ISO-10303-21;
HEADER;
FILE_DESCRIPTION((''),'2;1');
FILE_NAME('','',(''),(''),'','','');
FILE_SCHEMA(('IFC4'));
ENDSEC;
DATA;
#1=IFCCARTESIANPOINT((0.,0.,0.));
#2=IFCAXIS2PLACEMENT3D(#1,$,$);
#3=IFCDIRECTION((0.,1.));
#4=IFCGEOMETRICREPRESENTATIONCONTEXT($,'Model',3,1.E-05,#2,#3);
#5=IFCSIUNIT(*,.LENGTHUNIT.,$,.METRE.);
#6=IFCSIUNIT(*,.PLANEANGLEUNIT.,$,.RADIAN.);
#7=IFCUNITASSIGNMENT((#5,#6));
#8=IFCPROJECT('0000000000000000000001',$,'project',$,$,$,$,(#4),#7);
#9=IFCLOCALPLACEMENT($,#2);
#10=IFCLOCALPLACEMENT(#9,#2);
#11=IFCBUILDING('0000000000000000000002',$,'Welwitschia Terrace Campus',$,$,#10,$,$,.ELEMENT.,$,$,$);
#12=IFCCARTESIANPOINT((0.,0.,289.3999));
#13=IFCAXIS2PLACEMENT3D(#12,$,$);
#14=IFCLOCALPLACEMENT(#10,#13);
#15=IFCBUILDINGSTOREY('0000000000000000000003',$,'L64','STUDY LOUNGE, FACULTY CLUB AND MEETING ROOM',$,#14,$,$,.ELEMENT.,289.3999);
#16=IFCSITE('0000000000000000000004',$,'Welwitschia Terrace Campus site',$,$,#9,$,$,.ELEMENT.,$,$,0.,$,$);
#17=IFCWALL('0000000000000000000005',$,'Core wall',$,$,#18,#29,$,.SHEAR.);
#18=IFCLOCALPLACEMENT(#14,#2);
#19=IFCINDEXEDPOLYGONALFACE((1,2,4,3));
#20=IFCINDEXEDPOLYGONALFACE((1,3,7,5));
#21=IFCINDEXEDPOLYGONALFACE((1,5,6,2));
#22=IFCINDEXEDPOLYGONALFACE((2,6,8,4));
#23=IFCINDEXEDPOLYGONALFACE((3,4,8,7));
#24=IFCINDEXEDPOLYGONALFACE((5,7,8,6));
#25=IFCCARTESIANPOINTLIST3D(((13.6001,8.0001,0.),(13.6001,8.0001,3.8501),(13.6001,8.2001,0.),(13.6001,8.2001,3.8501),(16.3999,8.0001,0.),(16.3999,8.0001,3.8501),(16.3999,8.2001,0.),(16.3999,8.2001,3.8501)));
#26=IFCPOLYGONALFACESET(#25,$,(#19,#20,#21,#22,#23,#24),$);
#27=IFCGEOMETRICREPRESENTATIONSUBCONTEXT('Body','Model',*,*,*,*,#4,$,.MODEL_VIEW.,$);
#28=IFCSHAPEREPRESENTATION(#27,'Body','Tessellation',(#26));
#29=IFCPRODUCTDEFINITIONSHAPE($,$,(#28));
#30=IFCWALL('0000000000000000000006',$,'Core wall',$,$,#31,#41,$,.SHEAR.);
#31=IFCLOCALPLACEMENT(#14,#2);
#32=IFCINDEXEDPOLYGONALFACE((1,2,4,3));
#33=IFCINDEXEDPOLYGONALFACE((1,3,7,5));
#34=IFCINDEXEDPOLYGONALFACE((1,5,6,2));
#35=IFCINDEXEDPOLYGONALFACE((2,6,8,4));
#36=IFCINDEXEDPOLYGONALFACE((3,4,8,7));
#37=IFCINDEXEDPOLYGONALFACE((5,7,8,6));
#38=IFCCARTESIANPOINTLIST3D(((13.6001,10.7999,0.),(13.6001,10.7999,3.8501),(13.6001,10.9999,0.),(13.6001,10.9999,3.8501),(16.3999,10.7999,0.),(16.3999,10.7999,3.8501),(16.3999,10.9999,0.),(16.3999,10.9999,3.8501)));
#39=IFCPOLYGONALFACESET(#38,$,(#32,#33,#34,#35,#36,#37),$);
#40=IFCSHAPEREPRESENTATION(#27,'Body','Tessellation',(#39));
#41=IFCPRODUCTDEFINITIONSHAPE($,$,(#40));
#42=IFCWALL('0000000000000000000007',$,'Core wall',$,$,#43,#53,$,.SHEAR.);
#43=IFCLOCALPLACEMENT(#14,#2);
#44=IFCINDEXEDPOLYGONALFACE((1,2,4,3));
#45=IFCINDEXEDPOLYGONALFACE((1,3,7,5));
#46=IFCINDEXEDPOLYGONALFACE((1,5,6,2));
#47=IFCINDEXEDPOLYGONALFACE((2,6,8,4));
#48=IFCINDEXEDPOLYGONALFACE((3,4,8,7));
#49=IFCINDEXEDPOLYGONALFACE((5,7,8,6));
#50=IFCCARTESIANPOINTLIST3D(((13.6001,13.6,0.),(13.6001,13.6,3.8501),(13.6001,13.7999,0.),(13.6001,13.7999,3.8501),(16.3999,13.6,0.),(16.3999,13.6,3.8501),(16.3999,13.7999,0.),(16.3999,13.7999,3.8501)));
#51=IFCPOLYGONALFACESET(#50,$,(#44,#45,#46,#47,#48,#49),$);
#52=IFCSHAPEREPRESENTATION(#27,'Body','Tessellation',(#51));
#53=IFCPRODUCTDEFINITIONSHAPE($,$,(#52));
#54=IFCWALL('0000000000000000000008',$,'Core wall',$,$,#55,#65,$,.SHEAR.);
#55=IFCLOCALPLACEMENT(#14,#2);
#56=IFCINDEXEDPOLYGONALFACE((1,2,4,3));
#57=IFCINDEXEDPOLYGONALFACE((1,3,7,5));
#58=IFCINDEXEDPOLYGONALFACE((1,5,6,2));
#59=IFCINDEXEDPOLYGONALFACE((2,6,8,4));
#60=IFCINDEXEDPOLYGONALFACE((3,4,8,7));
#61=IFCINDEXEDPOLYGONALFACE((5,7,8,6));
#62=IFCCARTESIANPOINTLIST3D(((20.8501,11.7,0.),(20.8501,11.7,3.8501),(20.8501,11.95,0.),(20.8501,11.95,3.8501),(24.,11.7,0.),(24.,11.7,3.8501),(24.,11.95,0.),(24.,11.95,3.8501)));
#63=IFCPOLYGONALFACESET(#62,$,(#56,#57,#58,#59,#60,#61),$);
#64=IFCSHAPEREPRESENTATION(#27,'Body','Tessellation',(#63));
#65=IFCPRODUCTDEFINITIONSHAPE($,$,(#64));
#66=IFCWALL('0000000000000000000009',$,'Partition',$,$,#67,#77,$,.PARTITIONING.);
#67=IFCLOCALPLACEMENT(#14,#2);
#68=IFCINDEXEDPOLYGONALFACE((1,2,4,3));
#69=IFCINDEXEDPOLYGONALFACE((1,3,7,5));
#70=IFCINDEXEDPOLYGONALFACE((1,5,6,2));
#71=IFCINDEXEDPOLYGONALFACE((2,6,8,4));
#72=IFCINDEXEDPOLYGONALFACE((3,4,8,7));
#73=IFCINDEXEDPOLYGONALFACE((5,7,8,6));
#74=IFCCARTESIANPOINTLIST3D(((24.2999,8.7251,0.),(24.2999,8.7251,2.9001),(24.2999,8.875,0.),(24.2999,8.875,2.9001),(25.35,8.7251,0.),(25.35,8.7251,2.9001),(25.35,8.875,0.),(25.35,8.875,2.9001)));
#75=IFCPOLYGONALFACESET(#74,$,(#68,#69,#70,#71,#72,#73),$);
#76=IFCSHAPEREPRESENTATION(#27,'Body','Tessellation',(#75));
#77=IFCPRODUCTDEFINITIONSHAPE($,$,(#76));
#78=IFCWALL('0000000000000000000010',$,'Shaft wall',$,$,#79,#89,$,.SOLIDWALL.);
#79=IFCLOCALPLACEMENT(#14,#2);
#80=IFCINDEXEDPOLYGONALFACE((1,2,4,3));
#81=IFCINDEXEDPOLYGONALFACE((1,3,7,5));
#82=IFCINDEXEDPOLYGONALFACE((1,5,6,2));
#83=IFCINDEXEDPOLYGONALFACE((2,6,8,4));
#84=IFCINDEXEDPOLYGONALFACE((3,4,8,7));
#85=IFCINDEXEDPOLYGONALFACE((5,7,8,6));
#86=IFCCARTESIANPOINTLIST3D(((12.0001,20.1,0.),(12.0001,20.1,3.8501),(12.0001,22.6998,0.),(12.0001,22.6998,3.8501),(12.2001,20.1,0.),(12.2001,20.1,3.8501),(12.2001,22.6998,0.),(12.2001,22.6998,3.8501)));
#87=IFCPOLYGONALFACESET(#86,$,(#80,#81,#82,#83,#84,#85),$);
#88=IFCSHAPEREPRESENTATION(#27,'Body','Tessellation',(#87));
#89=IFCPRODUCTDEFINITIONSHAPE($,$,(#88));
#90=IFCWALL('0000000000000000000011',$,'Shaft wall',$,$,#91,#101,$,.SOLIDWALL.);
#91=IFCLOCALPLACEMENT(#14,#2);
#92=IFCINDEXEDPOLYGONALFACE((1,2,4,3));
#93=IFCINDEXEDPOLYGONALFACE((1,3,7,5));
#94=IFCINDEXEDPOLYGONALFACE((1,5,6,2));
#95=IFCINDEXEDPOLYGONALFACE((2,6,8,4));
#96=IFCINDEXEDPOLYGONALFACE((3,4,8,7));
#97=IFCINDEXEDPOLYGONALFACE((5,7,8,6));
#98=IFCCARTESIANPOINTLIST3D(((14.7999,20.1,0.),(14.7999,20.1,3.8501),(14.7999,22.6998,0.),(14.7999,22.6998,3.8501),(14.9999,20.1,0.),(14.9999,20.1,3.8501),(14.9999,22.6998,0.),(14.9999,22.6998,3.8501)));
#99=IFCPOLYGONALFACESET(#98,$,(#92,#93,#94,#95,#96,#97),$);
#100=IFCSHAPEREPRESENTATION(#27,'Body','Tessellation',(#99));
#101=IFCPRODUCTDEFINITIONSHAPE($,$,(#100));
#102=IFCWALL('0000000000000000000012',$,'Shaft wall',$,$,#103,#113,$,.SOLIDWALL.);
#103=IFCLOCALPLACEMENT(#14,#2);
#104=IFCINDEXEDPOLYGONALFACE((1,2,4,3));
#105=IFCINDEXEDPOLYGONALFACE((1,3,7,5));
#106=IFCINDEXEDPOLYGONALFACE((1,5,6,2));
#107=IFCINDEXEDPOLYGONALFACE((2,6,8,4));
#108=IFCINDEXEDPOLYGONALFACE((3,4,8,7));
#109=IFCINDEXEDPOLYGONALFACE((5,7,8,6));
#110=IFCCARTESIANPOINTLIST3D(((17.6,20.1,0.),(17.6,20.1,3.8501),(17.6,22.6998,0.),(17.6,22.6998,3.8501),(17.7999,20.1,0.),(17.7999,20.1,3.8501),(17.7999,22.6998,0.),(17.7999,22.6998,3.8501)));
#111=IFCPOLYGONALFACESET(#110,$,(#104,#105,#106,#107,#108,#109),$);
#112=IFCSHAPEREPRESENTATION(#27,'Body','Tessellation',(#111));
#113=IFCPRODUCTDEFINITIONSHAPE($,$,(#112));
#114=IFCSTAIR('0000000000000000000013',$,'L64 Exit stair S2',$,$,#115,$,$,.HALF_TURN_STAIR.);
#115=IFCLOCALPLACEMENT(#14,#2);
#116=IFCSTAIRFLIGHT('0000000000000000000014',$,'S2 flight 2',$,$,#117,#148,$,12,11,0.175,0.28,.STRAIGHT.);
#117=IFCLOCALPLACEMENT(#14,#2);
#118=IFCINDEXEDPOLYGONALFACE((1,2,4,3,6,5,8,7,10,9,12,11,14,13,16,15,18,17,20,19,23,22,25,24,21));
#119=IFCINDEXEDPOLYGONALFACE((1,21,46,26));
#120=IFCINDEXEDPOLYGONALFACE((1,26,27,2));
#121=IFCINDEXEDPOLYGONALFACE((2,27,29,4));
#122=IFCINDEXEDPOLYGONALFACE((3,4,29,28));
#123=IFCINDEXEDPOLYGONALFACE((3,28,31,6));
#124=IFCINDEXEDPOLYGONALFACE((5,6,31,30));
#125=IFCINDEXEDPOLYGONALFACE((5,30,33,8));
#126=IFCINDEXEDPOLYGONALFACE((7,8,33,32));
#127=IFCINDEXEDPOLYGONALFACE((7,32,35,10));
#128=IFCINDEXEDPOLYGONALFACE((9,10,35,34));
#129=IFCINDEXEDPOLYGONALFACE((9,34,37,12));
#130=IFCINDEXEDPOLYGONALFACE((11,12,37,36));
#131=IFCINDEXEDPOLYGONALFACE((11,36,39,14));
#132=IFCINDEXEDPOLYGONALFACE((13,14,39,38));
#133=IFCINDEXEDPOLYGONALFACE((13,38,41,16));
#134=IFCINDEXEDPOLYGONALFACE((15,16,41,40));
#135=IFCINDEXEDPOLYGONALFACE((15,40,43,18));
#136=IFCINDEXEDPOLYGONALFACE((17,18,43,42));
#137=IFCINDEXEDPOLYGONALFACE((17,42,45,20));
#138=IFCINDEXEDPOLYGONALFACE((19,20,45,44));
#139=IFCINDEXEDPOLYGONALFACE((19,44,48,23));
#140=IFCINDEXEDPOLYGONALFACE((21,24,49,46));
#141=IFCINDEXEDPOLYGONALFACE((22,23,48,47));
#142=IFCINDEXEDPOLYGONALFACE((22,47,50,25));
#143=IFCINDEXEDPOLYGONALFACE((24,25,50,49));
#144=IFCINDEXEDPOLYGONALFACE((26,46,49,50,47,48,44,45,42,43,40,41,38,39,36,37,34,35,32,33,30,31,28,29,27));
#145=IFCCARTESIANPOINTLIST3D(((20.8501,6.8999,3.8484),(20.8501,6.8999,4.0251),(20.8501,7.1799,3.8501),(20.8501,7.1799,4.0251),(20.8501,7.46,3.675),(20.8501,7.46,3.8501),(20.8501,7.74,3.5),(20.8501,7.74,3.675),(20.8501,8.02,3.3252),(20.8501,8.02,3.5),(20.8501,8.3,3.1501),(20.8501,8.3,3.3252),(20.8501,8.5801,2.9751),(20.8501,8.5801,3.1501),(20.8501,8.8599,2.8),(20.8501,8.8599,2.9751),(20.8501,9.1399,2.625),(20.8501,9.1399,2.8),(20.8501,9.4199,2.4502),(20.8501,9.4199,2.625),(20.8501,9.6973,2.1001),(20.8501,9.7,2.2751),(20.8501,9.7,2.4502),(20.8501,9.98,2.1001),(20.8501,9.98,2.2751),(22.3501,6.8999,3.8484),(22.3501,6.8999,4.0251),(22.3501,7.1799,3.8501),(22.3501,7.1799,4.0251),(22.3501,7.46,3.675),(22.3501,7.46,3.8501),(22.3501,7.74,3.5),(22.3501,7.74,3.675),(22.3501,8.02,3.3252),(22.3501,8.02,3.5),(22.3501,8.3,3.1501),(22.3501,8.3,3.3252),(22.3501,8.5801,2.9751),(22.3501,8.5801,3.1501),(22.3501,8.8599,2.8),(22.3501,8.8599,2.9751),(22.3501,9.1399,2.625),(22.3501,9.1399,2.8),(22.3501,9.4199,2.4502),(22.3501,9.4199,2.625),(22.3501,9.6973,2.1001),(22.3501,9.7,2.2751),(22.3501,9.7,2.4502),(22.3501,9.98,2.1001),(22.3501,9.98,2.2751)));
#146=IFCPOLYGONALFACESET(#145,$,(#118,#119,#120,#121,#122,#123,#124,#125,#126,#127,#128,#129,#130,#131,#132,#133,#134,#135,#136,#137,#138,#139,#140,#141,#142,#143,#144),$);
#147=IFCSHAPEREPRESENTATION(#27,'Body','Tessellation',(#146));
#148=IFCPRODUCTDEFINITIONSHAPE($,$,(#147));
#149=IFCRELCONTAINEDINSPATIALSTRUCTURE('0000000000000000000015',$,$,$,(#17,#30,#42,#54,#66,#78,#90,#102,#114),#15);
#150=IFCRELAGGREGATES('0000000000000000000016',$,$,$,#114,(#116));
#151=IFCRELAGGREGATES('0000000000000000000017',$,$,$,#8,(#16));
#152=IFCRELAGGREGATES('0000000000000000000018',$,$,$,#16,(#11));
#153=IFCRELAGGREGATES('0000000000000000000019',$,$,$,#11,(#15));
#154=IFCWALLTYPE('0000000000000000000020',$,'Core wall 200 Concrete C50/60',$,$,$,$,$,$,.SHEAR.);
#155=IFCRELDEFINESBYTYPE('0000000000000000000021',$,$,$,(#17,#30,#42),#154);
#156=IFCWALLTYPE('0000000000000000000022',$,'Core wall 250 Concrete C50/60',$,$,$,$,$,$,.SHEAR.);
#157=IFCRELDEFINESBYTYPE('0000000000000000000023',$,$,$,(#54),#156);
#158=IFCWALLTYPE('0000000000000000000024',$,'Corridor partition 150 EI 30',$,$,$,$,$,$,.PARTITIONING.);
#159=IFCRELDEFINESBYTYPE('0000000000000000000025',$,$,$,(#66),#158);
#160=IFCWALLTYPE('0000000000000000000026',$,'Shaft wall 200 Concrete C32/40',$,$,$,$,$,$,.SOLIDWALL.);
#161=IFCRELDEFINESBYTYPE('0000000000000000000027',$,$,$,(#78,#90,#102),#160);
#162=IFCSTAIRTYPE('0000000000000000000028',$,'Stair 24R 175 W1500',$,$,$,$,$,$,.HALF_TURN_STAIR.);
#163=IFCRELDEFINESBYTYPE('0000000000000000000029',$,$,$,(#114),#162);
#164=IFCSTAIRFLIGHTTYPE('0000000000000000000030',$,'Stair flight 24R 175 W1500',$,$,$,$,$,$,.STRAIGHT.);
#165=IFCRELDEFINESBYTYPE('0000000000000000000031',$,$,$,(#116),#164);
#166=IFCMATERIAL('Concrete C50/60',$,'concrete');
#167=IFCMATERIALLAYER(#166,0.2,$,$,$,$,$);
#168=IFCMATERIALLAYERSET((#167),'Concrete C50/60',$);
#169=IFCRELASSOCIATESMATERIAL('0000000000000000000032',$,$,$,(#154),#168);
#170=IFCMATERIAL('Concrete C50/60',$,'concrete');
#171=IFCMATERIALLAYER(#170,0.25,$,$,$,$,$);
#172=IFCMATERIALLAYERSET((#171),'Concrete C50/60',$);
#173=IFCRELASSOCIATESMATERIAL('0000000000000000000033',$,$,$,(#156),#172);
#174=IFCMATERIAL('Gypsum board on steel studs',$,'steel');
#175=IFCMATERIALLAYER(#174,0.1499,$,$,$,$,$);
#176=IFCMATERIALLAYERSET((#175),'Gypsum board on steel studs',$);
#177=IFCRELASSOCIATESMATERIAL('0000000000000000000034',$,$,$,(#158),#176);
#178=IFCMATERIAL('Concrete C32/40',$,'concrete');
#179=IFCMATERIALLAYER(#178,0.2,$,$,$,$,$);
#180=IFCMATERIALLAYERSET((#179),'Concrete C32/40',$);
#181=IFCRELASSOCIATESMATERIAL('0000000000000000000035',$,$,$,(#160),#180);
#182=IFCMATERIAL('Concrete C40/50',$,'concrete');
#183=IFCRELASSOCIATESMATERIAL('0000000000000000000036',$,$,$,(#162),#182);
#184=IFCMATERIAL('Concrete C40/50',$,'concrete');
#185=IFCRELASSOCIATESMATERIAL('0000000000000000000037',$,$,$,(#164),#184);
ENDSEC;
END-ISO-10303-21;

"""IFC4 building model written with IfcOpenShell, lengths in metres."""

from ifc_helpers import new_model, si_unit, direction, frame, frame_2d, origin, place, context, subcontext, project, spatial, polyline, rectangle, outline, extrude, material, layer, layer_set, type_object, element, aggregate, save


model = new_model("IFC4")

# Units and contexts
model_context = context("Model", 3, precision=1e-05, world=origin(), true_north=direction((0.0, 1.0)))
body_context = subcontext(model_context, "Body", "Model", "MODEL_VIEW")
ifc_project = project(units=[si_unit("LENGTHUNIT", "METRE"), si_unit("PLANEANGLEUNIT", "RADIAN")], contexts=[model_context])

# Site, building, storey
site_placement = place(None, origin())
site = spatial("IfcSite", under=ifc_project, at=site_placement, Name="Welwitschia Terrace Campus site", CompositionType="ELEMENT", RefElevation=0.0)
building_placement = place(site_placement, origin())
building = spatial("IfcBuilding", under=site, at=building_placement, Name="Welwitschia Terrace Campus", CompositionType="ELEMENT")
storey_placement = place(building_placement, frame((0.0, 0.0, 289.3999)))
storey = spatial("IfcBuildingStorey", under=building, at=storey_placement, Name="L64", Description="STUDY LOUNGE, FACULTY CLUB AND MEETING ROOM", CompositionType="ELEMENT", Elevation=289.3999)

# Walls
ifc_material_1 = material(Name="Concrete C50/60", Category="concrete")
ifc_layer_1 = layer(ifc_material_1, 0.2)
ifc_layer_set_1 = layer_set([ifc_layer_1], Name="Concrete C50/60")
wall_type_1 = type_object("IfcWallType", Name="Core wall 200 Concrete C50/60", PredefinedType="SHEAR", material=ifc_layer_set_1)
for number, where, z_axis, x_axis, name in (
    (1, (13.6001, 8.1001, 0.0), (0.0, 0.0, 1.0), (1.0, 0.0, 0.0), "Core wall"),
    (2, (13.6001, 10.8999, 0.0), (0.0, 0.0, 1.0), (1.0, 0.0, 0.0), "Core wall"),
    (3, (13.6001, 13.7, 0.0), (0.0, 0.0, 1.0), (1.0, 0.0, 0.0), "Core wall"),
):
    element("IfcWall", number, at=place(storey_placement, frame(where, z_axis=z_axis, x_axis=x_axis)), inside=storey, type_object=wall_type_1, Name=name, PredefinedType="SHEAR", context=body_context, shape_type="SweptSolid", body=[
        extrude(rectangle(XDim=2.7998, YDim=0.2, at=frame_2d((1.3999, 0.0))), origin(), (0.0, 0.0, 1.0), 3.8501),
    ])
ifc_material_2 = material(Name="Concrete C50/60", Category="concrete")
ifc_layer_2 = layer(ifc_material_2, 0.25)
ifc_layer_set_2 = layer_set([ifc_layer_2], Name="Concrete C50/60")
wall_type_2 = type_object("IfcWallType", Name="Core wall 250 Concrete C50/60", PredefinedType="SHEAR", material=ifc_layer_set_2)
wall_1_placement = place(storey_placement, frame((20.8501, 11.825, 0.0), z_axis=(0.0, 0.0, 1.0), x_axis=(1.0, 0.0, 0.0)))
element("IfcWall", 4, at=wall_1_placement, inside=storey, type_object=wall_type_2, Name="Core wall", PredefinedType="SHEAR", context=body_context, shape_type="SweptSolid", body=[
    extrude(rectangle(XDim=3.1499, YDim=0.25, at=frame_2d((1.575, 0.0))), origin(), (0.0, 0.0, 1.0), 3.8501),
])
ifc_material_3 = material(Name="Gypsum board on steel studs", Category="steel")
ifc_layer_3 = layer(ifc_material_3, 0.1499)
ifc_layer_set_3 = layer_set([ifc_layer_3], Name="Gypsum board on steel studs")
wall_type_3 = type_object("IfcWallType", Name="Corridor partition 150 EI 30", PredefinedType="PARTITIONING", material=ifc_layer_set_3)
wall_2_placement = place(storey_placement, frame((24.3, 8.8, 0.0), z_axis=(0.0, 0.0, 1.0), x_axis=(1.0, 0.0, 0.0)))
element("IfcWall", 5, at=wall_2_placement, inside=storey, type_object=wall_type_3, Name="Partition", PredefinedType="PARTITIONING", context=body_context, shape_type="SweptSolid", body=[
    extrude(rectangle(XDim=1.05, YDim=0.1499, at=frame_2d((0.5249, 0.0))), origin(), (0.0, 0.0, 1.0), 2.9001),
])
ifc_material_4 = material(Name="Concrete C32/40", Category="concrete")
ifc_layer_4 = layer(ifc_material_4, 0.2)
ifc_layer_set_4 = layer_set([ifc_layer_4], Name="Concrete C32/40")
wall_type_4 = type_object("IfcWallType", Name="Shaft wall 200 Concrete C32/40", PredefinedType="SOLIDWALL", material=ifc_layer_set_4)
for number, where, z_axis, x_axis, name in (
    (6, (12.1001, 20.1001, 0.0), (0.0, 0.0, 1.0), (0.0, 1.0, 0.0), "Shaft wall"),
    (7, (14.8999, 20.1001, 0.0), (0.0, 0.0, 1.0), (0.0, 1.0, 0.0), "Shaft wall"),
    (8, (17.7, 20.1001, 0.0), (0.0, 0.0, 1.0), (0.0, 1.0, 0.0), "Shaft wall"),
):
    element("IfcWall", number, at=place(storey_placement, frame(where, z_axis=z_axis, x_axis=x_axis)), inside=storey, type_object=wall_type_4, Name=name, PredefinedType="SOLIDWALL", context=body_context, shape_type="SweptSolid", body=[
        extrude(rectangle(XDim=2.5999, YDim=0.2, at=frame_2d((1.2998, 0.0))), origin(), (0.0, 0.0, 1.0), 3.8501),
    ])

# Stair, stair flight
ifc_material_5 = material(Name="Concrete C40/50", Category="concrete")
stair_type = type_object("IfcStairType", Name="Stair 24R 175 W1500", PredefinedType="HALF_TURN_STAIR", material=ifc_material_5)
stair_placement = place(storey_placement, origin())
stair = element("IfcStair", 9, at=stair_placement, inside=storey, type_object=stair_type, Name="L64 Exit stair S2", PredefinedType="HALF_TURN_STAIR")
ifc_material_6 = material(Name="Concrete C40/50", Category="concrete")
stair_flight_type = type_object("IfcStairFlightType", Name="Stair flight 24R 175 W1500", PredefinedType="STRAIGHT", material=ifc_material_6)
stair_flight_placement = place(storey_placement, frame((21.6001, 9.98, 2.1001), z_axis=(0.0, 0.0, 1.0), x_axis=(0.0, -1.0, 0.0)))
stair_flight = element("IfcStairFlight", 10, at=stair_flight_placement, type_object=stair_flight_type, Name="S2 flight 2", NumberOfRisers=12, NumberOfTreads=11, PredefinedType="STRAIGHT", RiserHeight=0.175, TreadLength=0.28, context=body_context, shape_type="SweptSolid", body=[
    extrude(outline(polyline([(0.0, 0.0), (0.0, 0.175), (0.28, 0.175), (0.28, 0.3501), (0.5601, 0.3501), (0.5601, 0.5249), (0.8401, 0.5249), (0.8401, 0.7), (1.1201, 0.7), (1.1201, 0.875), (1.3999, 0.875), (1.3999, 1.05), (1.6799, 1.05), (1.6799, 1.2251), (1.96, 1.2251), (1.96, 1.3999), (2.24, 1.3999), (2.24, 1.575), (2.52, 1.575), (2.52, 1.75), (2.8, 1.75), (2.8, 1.925), (3.0801, 1.925), (3.0801, 2.1001), (3.0801, 1.7483), (0.2827, 0.0), (0.0, 0.0)])), frame((0.0, 0.75, 0.0), z_axis=(0.0, -1.0, 0.0), x_axis=(1.0, 0.0, 0.0)), (0.0, 0.0, 1.0), 1.5),
])
aggregate(stair, [stair_flight])

save(model, "model.ifc")
